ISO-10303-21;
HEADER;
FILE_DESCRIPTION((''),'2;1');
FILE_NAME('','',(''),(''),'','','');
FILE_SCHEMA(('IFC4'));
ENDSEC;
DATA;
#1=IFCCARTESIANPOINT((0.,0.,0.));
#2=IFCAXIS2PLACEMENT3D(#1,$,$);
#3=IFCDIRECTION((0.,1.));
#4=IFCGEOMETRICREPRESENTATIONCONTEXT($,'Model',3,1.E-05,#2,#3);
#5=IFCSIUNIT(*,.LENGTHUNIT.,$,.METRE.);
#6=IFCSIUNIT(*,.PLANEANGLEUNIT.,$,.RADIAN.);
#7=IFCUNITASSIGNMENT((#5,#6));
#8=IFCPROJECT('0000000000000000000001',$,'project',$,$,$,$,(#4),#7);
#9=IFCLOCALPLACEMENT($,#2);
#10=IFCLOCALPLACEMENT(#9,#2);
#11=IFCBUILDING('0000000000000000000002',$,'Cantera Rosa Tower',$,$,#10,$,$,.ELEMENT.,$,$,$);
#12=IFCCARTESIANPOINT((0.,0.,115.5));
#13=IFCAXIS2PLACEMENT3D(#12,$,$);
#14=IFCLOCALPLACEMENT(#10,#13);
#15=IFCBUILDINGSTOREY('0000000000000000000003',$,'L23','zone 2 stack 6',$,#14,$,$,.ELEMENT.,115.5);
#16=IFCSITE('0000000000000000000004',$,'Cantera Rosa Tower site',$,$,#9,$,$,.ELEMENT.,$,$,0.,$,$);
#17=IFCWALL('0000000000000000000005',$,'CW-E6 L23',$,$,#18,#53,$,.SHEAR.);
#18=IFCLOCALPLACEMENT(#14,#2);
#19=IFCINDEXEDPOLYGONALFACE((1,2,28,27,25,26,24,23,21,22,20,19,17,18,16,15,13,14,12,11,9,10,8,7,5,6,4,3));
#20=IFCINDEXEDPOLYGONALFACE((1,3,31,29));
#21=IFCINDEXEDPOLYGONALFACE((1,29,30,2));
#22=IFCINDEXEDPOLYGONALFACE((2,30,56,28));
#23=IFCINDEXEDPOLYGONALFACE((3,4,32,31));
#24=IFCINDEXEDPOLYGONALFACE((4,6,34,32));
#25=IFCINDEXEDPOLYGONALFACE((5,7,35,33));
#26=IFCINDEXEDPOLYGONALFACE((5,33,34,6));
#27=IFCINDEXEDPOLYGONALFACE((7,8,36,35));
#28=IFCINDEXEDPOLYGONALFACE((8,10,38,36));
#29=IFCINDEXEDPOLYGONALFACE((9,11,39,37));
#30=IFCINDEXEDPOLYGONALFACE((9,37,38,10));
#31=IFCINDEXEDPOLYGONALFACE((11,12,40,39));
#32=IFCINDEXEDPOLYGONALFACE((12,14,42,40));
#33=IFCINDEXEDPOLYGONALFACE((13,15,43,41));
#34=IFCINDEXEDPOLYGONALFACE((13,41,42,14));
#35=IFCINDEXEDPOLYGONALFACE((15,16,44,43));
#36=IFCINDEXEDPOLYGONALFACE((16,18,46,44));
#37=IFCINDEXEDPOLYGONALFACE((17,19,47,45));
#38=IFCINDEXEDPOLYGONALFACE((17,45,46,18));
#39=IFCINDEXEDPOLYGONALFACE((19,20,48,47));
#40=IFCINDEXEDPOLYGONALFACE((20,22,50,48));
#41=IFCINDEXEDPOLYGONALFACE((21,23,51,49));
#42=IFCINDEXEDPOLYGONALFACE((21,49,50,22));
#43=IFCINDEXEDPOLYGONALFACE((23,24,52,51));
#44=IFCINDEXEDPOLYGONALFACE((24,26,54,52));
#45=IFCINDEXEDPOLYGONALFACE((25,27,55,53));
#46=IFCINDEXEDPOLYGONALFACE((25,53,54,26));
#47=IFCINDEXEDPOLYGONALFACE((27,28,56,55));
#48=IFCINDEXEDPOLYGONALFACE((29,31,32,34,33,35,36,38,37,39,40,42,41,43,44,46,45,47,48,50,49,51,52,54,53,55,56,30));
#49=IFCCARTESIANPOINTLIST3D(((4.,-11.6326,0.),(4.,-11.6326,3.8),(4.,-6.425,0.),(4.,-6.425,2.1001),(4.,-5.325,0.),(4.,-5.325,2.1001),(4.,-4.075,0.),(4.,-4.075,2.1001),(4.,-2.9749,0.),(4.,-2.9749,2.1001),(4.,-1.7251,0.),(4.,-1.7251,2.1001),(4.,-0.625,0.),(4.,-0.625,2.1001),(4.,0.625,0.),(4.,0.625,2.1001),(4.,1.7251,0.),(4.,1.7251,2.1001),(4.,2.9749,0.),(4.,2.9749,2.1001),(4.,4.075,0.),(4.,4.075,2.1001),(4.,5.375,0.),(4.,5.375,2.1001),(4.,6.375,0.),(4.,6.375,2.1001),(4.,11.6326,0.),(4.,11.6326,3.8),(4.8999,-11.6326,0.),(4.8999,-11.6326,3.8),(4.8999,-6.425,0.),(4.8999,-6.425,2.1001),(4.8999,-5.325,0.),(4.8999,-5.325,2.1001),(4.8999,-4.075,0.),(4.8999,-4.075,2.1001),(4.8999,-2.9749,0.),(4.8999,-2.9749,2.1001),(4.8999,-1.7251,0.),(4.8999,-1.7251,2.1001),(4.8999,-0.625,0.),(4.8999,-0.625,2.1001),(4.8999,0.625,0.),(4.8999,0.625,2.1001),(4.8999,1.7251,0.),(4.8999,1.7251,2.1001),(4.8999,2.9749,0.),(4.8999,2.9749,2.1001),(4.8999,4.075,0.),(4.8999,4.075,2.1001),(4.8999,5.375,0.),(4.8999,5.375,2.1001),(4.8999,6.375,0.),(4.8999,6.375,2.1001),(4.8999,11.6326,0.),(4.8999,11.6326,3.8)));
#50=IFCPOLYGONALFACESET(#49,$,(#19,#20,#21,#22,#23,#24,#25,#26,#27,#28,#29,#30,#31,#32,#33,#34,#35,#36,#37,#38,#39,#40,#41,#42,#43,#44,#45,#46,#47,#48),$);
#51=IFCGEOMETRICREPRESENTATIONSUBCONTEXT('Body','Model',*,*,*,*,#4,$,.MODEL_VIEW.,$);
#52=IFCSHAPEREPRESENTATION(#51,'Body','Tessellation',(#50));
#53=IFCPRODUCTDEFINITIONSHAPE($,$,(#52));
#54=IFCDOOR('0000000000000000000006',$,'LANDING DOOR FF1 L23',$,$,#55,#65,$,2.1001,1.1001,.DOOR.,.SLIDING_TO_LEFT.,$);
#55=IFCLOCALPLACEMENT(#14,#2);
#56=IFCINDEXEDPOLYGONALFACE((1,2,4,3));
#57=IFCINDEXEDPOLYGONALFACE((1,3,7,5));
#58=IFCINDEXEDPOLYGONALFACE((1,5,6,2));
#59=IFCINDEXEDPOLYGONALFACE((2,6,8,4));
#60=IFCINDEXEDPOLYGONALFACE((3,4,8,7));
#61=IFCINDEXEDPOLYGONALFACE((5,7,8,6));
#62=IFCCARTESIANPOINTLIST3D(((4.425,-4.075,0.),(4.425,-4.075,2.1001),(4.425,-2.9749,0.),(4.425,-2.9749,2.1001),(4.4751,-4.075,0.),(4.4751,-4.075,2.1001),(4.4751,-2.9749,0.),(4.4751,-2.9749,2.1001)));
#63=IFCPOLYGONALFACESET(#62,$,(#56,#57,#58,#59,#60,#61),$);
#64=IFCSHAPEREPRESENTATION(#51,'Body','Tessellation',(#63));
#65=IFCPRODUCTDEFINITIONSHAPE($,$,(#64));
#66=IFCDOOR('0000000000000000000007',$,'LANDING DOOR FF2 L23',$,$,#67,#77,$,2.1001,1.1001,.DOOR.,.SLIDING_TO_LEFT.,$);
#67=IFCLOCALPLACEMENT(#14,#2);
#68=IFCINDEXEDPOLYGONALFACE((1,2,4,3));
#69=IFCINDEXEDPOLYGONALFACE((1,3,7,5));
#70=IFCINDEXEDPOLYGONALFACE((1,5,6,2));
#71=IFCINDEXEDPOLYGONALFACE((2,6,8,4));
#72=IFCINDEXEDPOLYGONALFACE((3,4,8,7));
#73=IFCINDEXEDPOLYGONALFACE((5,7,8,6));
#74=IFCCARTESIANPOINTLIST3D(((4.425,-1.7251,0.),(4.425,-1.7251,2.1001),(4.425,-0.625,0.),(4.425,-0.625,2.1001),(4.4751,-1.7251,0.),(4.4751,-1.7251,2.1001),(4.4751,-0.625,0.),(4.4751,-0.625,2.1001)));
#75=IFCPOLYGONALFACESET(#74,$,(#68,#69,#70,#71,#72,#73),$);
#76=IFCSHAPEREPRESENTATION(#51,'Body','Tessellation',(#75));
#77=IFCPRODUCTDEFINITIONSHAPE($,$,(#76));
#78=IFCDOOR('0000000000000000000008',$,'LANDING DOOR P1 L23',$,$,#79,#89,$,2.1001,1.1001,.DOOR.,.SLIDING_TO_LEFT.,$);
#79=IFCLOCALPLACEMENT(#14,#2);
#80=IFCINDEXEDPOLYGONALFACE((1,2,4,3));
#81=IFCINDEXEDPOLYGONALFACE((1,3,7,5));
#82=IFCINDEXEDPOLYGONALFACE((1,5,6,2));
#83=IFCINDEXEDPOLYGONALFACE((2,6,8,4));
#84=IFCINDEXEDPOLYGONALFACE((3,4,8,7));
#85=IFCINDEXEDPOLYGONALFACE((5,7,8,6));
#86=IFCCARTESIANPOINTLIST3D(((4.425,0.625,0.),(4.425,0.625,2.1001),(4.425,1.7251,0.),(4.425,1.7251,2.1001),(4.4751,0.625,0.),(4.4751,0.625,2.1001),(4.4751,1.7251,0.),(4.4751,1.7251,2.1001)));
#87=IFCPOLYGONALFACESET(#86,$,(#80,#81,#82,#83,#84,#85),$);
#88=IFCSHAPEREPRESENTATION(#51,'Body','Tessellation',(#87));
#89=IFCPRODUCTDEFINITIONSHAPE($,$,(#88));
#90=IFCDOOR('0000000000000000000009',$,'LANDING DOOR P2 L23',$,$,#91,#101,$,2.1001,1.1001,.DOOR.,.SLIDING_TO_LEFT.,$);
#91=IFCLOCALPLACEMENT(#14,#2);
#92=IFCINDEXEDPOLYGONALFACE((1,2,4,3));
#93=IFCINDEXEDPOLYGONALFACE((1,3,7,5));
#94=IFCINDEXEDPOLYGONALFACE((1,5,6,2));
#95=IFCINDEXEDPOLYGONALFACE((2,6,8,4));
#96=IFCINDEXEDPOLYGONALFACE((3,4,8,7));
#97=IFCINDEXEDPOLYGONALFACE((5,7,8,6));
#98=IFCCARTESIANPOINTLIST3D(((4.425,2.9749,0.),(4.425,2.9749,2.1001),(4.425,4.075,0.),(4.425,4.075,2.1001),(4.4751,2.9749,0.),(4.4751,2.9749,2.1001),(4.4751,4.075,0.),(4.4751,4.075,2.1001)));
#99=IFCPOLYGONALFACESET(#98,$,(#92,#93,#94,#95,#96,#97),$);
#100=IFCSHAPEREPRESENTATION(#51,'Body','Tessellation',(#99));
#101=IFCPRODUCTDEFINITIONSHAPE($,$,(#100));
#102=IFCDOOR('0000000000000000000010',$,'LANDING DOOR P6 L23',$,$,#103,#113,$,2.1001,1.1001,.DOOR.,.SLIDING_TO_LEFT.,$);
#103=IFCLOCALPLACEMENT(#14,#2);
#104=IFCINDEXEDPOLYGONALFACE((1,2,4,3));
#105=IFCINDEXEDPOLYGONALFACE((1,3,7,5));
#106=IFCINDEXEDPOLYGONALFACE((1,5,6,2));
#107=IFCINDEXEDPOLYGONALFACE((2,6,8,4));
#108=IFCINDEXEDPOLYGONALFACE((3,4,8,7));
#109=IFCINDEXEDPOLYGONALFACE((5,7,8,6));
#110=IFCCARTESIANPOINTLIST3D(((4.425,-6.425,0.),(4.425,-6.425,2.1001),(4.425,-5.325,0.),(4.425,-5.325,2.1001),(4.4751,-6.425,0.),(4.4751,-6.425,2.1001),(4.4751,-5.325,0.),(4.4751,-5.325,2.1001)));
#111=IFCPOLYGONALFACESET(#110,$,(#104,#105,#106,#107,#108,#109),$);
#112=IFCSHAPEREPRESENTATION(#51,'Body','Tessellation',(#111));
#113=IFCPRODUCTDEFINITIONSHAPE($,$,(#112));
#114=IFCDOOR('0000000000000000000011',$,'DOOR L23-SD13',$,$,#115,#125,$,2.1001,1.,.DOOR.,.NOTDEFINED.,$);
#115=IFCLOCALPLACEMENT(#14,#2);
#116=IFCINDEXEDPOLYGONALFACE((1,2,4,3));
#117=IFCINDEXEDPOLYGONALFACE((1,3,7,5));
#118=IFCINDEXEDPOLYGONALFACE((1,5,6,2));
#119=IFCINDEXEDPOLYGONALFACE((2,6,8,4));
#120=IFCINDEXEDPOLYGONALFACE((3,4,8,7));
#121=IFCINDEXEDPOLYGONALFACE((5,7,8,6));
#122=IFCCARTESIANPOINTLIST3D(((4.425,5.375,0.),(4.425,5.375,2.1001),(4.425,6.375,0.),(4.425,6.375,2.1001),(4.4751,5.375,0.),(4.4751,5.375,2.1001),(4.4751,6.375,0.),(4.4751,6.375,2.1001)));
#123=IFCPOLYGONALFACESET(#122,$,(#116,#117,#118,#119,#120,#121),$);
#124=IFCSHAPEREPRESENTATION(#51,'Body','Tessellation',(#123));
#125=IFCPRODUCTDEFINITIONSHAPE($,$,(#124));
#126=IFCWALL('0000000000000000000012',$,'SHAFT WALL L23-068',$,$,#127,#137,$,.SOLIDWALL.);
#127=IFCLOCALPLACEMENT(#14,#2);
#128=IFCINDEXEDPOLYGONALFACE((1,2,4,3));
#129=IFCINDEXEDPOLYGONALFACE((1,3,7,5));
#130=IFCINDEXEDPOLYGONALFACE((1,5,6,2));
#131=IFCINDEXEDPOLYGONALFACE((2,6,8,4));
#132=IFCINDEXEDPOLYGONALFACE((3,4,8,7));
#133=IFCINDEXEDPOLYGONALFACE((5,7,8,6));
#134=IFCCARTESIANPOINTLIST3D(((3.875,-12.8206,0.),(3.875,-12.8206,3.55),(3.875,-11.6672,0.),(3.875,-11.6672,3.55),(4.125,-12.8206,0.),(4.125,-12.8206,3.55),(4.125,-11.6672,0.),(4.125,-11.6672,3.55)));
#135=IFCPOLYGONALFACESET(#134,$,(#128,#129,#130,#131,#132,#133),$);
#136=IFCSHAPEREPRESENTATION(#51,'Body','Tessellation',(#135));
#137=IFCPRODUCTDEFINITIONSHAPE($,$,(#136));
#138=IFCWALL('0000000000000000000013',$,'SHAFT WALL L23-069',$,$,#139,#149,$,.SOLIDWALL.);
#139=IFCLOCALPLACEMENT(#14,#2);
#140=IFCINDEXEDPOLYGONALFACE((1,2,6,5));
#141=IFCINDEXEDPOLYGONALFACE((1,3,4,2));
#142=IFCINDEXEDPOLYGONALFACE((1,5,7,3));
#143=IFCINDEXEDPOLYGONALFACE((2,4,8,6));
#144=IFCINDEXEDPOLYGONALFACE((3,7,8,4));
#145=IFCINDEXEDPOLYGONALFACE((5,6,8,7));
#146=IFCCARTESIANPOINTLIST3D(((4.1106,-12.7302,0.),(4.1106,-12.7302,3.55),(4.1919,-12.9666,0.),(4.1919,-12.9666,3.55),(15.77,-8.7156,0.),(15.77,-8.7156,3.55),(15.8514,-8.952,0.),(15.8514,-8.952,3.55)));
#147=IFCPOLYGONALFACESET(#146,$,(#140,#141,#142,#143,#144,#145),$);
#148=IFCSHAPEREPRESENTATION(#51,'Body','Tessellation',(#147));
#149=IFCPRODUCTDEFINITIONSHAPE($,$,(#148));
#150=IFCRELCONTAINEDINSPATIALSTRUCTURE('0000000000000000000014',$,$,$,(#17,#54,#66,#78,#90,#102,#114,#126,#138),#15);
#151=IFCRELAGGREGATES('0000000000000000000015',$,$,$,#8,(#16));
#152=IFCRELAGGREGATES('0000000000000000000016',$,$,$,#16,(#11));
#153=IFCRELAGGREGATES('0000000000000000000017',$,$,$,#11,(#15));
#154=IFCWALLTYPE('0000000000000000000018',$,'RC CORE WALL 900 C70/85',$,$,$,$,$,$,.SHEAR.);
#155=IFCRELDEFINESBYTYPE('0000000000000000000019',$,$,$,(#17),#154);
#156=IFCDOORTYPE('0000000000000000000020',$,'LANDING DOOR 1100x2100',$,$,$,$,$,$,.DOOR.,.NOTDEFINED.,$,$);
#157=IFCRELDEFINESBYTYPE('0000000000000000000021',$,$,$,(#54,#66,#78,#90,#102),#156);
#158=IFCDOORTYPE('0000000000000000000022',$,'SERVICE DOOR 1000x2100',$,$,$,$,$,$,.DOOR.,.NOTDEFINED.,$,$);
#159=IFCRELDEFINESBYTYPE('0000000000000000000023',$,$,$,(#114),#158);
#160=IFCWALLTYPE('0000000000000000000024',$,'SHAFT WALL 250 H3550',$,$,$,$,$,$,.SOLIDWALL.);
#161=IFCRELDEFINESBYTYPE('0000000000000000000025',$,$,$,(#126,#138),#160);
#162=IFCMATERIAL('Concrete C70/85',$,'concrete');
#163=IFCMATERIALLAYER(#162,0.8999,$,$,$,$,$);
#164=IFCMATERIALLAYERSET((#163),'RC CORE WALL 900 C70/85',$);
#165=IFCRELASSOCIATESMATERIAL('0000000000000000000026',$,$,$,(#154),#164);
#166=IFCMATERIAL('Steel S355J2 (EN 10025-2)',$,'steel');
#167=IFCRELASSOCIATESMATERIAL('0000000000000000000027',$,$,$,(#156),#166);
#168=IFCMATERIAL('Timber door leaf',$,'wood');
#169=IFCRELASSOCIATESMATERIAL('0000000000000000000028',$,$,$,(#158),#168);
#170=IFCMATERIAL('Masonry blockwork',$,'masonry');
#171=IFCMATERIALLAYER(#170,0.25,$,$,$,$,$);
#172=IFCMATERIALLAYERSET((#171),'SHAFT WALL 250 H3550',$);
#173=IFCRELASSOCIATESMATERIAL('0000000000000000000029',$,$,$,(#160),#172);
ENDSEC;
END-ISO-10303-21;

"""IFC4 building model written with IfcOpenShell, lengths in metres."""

from ifc_helpers import new_model, si_unit, direction, frame, frame_2d, origin, place, context, subcontext, project, spatial, rectangle, extrude, material, layer, layer_set, type_object, element, fill, save


model = new_model("IFC4")

# Units and contexts
model_context = context("Model", 3, precision=1e-05, world=origin(), true_north=direction((0.0, 1.0)))
body_context = subcontext(model_context, "Body", "Model", "MODEL_VIEW")
ifc_project = project(units=[si_unit("LENGTHUNIT", "METRE"), si_unit("PLANEANGLEUNIT", "RADIAN")], contexts=[model_context])

# Site, building, storey
site_placement = place(None, origin())
site = spatial("IfcSite", under=ifc_project, at=site_placement, Name="Cantera Rosa Tower site", CompositionType="ELEMENT", RefElevation=0.0)
building_placement = place(site_placement, origin())
building = spatial("IfcBuilding", under=site, at=building_placement, Name="Cantera Rosa Tower", CompositionType="ELEMENT")
storey_placement = place(building_placement, frame((0.0, 0.0, 115.5)))
storey = spatial("IfcBuildingStorey", under=building, at=storey_placement, Name="L23", Description="zone 2 stack 6", CompositionType="ELEMENT", Elevation=115.5)

# Wall, openings, doors
ifc_material_1 = material(Name="Concrete C70/85", Category="concrete")
ifc_layer_1 = layer(ifc_material_1, 0.8999)
ifc_layer_set_1 = layer_set([ifc_layer_1], Name="RC CORE WALL 900 C70/85")
wall_type_1 = type_object("IfcWallType", Name="RC CORE WALL 900 C70/85", PredefinedType="SHEAR", material=ifc_layer_set_1)
wall_1_placement = place(storey_placement, frame((4.45, -11.6326, 0.0), z_axis=(0.0, 0.0, 1.0), x_axis=(0.0, 1.0, 0.0)))
wall_1 = element("IfcWall", 1, at=wall_1_placement, inside=storey, type_object=wall_type_1, Name="CW-E6 L23", PredefinedType="SHEAR", context=body_context, shape_type="SweptSolid", body=[
    extrude(rectangle(XDim=23.2651, YDim=0.8999, at=frame_2d((11.6326, 0.0))), origin(), (0.0, 0.0, 1.0), 3.8),
])
opening_1_placement = place(wall_1_placement, frame((7.5576, 0.0, 0.0)))
opening_1 = element("IfcOpeningElement", 2, at=opening_1_placement, cuts=wall_1, PredefinedType="OPENING", context=body_context, shape_type="SweptSolid", body=[
    extrude(rectangle(XDim=1.1001, YDim=2.1001, at=frame_2d((0.55, 1.05))), frame((0.0, 0.46, 0.0), z_axis=(0.0, -1.0, 0.0), x_axis=(1.0, 0.0, 0.0)), (0.0, 0.0, 1.0), 0.9199),
])
opening_2_placement = place(wall_1_placement, frame((9.9075, 0.0, 0.0)))
opening_2 = element("IfcOpeningElement", 3, at=opening_2_placement, cuts=wall_1, PredefinedType="OPENING", context=body_context, shape_type="SweptSolid", body=[
    extrude(rectangle(XDim=1.1001, YDim=2.1001, at=frame_2d((0.55, 1.05))), frame((0.0, 0.46, 0.0), z_axis=(0.0, -1.0, 0.0), x_axis=(1.0, 0.0, 0.0)), (0.0, 0.0, 1.0), 0.9199),
])
opening_3_placement = place(wall_1_placement, frame((12.2576, 0.0, 0.0)))
opening_3 = element("IfcOpeningElement", 4, at=opening_3_placement, cuts=wall_1, PredefinedType="OPENING", context=body_context, shape_type="SweptSolid", body=[
    extrude(rectangle(XDim=1.1001, YDim=2.1001, at=frame_2d((0.55, 1.05))), frame((0.0, 0.46, 0.0), z_axis=(0.0, -1.0, 0.0), x_axis=(1.0, 0.0, 0.0)), (0.0, 0.0, 1.0), 0.9199),
])
opening_4_placement = place(wall_1_placement, frame((14.6074, 0.0, 0.0)))
opening_4 = element("IfcOpeningElement", 5, at=opening_4_placement, cuts=wall_1, PredefinedType="OPENING", context=body_context, shape_type="SweptSolid", body=[
    extrude(rectangle(XDim=1.1001, YDim=2.1001, at=frame_2d((0.55, 1.05))), frame((0.0, 0.46, 0.0), z_axis=(0.0, -1.0, 0.0), x_axis=(1.0, 0.0, 0.0)), (0.0, 0.0, 1.0), 0.9199),
])
opening_5_placement = place(wall_1_placement, frame((5.2075, 0.0, 0.0)))
opening_5 = element("IfcOpeningElement", 6, at=opening_5_placement, cuts=wall_1, PredefinedType="OPENING", context=body_context, shape_type="SweptSolid", body=[
    extrude(rectangle(XDim=1.1001, YDim=2.1001, at=frame_2d((0.55, 1.05))), frame((0.0, 0.46, 0.0), z_axis=(0.0, -1.0, 0.0), x_axis=(1.0, 0.0, 0.0)), (0.0, 0.0, 1.0), 0.9199),
])
opening_6_placement = place(wall_1_placement, frame((17.0076, 0.0, 0.0)))
opening_6 = element("IfcOpeningElement", 7, at=opening_6_placement, cuts=wall_1, PredefinedType="OPENING", context=body_context, shape_type="SweptSolid", body=[
    extrude(rectangle(XDim=1.0, YDim=2.1001, at=frame_2d((0.5, 1.05))), frame((0.0, 0.46, 0.0), z_axis=(0.0, -1.0, 0.0), x_axis=(1.0, 0.0, 0.0)), (0.0, 0.0, 1.0), 0.9199),
])
ifc_material_2 = material(Name="Steel S355J2 (EN 10025-2)", Category="steel")
door_type_1 = type_object("IfcDoorType", Name="LANDING DOOR 1100x2100", OperationType="NOTDEFINED", PredefinedType="DOOR", material=ifc_material_2)
door_1_placement = place(opening_1_placement, origin())
door_1 = element("IfcDoor", 8, at=door_1_placement, inside=storey, type_object=door_type_1, Name="LANDING DOOR FF1 L23", OperationType="SLIDING_TO_LEFT", OverallHeight=2.1001, OverallWidth=1.1001, PredefinedType="DOOR", context=body_context, shape_type="SweptSolid", body=[
    extrude(rectangle(XDim=1.1001, YDim=2.1001, at=frame_2d((0.55, 1.05))), frame((0.0, 0.0249, 0.0), z_axis=(0.0, -1.0, 0.0), x_axis=(1.0, 0.0, 0.0)), (0.0, 0.0, 1.0), 0.05),
])
fill(opening_1, door_1)
door_2_placement = place(opening_2_placement, origin())
door_2 = element("IfcDoor", 9, at=door_2_placement, inside=storey, type_object=door_type_1, Name="LANDING DOOR FF2 L23", OperationType="SLIDING_TO_LEFT", OverallHeight=2.1001, OverallWidth=1.1001, PredefinedType="DOOR", context=body_context, shape_type="SweptSolid", body=[
    extrude(rectangle(XDim=1.1001, YDim=2.1001, at=frame_2d((0.55, 1.05))), frame((0.0, 0.0249, 0.0), z_axis=(0.0, -1.0, 0.0), x_axis=(1.0, 0.0, 0.0)), (0.0, 0.0, 1.0), 0.05),
])
fill(opening_2, door_2)
door_3_placement = place(opening_3_placement, origin())
door_3 = element("IfcDoor", 10, at=door_3_placement, inside=storey, type_object=door_type_1, Name="LANDING DOOR P1 L23", OperationType="SLIDING_TO_LEFT", OverallHeight=2.1001, OverallWidth=1.1001, PredefinedType="DOOR", context=body_context, shape_type="SweptSolid", body=[
    extrude(rectangle(XDim=1.1001, YDim=2.1001, at=frame_2d((0.55, 1.05))), frame((0.0, 0.0249, 0.0), z_axis=(0.0, -1.0, 0.0), x_axis=(1.0, 0.0, 0.0)), (0.0, 0.0, 1.0), 0.05),
])
fill(opening_3, door_3)
door_4_placement = place(opening_4_placement, origin())
door_4 = element("IfcDoor", 11, at=door_4_placement, inside=storey, type_object=door_type_1, Name="LANDING DOOR P2 L23", OperationType="SLIDING_TO_LEFT", OverallHeight=2.1001, OverallWidth=1.1001, PredefinedType="DOOR", context=body_context, shape_type="SweptSolid", body=[
    extrude(rectangle(XDim=1.1001, YDim=2.1001, at=frame_2d((0.55, 1.05))), frame((0.0, 0.0249, 0.0), z_axis=(0.0, -1.0, 0.0), x_axis=(1.0, 0.0, 0.0)), (0.0, 0.0, 1.0), 0.05),
])
fill(opening_4, door_4)
door_5_placement = place(opening_5_placement, origin())
door_5 = element("IfcDoor", 12, at=door_5_placement, inside=storey, type_object=door_type_1, Name="LANDING DOOR P6 L23", OperationType="SLIDING_TO_LEFT", OverallHeight=2.1001, OverallWidth=1.1001, PredefinedType="DOOR", context=body_context, shape_type="SweptSolid", body=[
    extrude(rectangle(XDim=1.1001, YDim=2.1001, at=frame_2d((0.55, 1.05))), frame((0.0, 0.0249, 0.0), z_axis=(0.0, -1.0, 0.0), x_axis=(1.0, 0.0, 0.0)), (0.0, 0.0, 1.0), 0.05),
])
fill(opening_5, door_5)
ifc_material_3 = material(Name="Timber door leaf", Category="wood")
door_type_2 = type_object("IfcDoorType", Name="SERVICE DOOR 1000x2100", OperationType="NOTDEFINED", PredefinedType="DOOR", material=ifc_material_3)
door_6_placement = place(opening_6_placement, origin())
door_6 = element("IfcDoor", 13, at=door_6_placement, inside=storey, type_object=door_type_2, Name="DOOR L23-SD13", OperationType="NOTDEFINED", OverallHeight=2.1001, OverallWidth=1.0, PredefinedType="DOOR", context=body_context, shape_type="SweptSolid", body=[
    extrude(rectangle(XDim=1.0, YDim=2.1001, at=frame_2d((0.5, 1.05))), frame((0.0, 0.0249, 0.0), z_axis=(0.0, -1.0, 0.0), x_axis=(1.0, 0.0, 0.0)), (0.0, 0.0, 1.0), 0.05),
])
fill(opening_6, door_6)

# Walls
ifc_material_4 = material(Name="Masonry blockwork", Category="masonry")
ifc_layer_2 = layer(ifc_material_4, 0.25)
ifc_layer_set_2 = layer_set([ifc_layer_2], Name="SHAFT WALL 250 H3550")
wall_type_2 = type_object("IfcWallType", Name="SHAFT WALL 250 H3550", PredefinedType="SOLIDWALL", material=ifc_layer_set_2)
wall_2_placement = place(storey_placement, frame((4.0, -12.8206, 0.0), z_axis=(0.0, 0.0, 1.0), x_axis=(0.0, 1.0, 0.0)))
element("IfcWall", 14, at=wall_2_placement, inside=storey, type_object=wall_type_2, Name="SHAFT WALL L23-068", PredefinedType="SOLIDWALL", context=body_context, shape_type="SweptSolid", body=[
    extrude(rectangle(XDim=1.1533, YDim=0.25, at=frame_2d((0.5767, 0.0))), origin(), (0.0, 0.0, 1.0), 3.55),
])
wall_3_placement = place(storey_placement, frame((4.1514, -12.8484, 0.0), z_axis=(0.0, 0.0, 1.0), x_axis=(0.945519, 0.325567, 0.0)))
element("IfcWall", 15, at=wall_3_placement, inside=storey, type_object=wall_type_2, Name="SHAFT WALL L23-069", PredefinedType="SOLIDWALL", context=body_context, shape_type="SweptSolid", body=[
    extrude(rectangle(XDim=12.3313, YDim=0.25, at=frame_2d((6.1655, 0.0))), origin(), (0.0, 0.0, 1.0), 3.55),
])

save(model, "model.ifc")
